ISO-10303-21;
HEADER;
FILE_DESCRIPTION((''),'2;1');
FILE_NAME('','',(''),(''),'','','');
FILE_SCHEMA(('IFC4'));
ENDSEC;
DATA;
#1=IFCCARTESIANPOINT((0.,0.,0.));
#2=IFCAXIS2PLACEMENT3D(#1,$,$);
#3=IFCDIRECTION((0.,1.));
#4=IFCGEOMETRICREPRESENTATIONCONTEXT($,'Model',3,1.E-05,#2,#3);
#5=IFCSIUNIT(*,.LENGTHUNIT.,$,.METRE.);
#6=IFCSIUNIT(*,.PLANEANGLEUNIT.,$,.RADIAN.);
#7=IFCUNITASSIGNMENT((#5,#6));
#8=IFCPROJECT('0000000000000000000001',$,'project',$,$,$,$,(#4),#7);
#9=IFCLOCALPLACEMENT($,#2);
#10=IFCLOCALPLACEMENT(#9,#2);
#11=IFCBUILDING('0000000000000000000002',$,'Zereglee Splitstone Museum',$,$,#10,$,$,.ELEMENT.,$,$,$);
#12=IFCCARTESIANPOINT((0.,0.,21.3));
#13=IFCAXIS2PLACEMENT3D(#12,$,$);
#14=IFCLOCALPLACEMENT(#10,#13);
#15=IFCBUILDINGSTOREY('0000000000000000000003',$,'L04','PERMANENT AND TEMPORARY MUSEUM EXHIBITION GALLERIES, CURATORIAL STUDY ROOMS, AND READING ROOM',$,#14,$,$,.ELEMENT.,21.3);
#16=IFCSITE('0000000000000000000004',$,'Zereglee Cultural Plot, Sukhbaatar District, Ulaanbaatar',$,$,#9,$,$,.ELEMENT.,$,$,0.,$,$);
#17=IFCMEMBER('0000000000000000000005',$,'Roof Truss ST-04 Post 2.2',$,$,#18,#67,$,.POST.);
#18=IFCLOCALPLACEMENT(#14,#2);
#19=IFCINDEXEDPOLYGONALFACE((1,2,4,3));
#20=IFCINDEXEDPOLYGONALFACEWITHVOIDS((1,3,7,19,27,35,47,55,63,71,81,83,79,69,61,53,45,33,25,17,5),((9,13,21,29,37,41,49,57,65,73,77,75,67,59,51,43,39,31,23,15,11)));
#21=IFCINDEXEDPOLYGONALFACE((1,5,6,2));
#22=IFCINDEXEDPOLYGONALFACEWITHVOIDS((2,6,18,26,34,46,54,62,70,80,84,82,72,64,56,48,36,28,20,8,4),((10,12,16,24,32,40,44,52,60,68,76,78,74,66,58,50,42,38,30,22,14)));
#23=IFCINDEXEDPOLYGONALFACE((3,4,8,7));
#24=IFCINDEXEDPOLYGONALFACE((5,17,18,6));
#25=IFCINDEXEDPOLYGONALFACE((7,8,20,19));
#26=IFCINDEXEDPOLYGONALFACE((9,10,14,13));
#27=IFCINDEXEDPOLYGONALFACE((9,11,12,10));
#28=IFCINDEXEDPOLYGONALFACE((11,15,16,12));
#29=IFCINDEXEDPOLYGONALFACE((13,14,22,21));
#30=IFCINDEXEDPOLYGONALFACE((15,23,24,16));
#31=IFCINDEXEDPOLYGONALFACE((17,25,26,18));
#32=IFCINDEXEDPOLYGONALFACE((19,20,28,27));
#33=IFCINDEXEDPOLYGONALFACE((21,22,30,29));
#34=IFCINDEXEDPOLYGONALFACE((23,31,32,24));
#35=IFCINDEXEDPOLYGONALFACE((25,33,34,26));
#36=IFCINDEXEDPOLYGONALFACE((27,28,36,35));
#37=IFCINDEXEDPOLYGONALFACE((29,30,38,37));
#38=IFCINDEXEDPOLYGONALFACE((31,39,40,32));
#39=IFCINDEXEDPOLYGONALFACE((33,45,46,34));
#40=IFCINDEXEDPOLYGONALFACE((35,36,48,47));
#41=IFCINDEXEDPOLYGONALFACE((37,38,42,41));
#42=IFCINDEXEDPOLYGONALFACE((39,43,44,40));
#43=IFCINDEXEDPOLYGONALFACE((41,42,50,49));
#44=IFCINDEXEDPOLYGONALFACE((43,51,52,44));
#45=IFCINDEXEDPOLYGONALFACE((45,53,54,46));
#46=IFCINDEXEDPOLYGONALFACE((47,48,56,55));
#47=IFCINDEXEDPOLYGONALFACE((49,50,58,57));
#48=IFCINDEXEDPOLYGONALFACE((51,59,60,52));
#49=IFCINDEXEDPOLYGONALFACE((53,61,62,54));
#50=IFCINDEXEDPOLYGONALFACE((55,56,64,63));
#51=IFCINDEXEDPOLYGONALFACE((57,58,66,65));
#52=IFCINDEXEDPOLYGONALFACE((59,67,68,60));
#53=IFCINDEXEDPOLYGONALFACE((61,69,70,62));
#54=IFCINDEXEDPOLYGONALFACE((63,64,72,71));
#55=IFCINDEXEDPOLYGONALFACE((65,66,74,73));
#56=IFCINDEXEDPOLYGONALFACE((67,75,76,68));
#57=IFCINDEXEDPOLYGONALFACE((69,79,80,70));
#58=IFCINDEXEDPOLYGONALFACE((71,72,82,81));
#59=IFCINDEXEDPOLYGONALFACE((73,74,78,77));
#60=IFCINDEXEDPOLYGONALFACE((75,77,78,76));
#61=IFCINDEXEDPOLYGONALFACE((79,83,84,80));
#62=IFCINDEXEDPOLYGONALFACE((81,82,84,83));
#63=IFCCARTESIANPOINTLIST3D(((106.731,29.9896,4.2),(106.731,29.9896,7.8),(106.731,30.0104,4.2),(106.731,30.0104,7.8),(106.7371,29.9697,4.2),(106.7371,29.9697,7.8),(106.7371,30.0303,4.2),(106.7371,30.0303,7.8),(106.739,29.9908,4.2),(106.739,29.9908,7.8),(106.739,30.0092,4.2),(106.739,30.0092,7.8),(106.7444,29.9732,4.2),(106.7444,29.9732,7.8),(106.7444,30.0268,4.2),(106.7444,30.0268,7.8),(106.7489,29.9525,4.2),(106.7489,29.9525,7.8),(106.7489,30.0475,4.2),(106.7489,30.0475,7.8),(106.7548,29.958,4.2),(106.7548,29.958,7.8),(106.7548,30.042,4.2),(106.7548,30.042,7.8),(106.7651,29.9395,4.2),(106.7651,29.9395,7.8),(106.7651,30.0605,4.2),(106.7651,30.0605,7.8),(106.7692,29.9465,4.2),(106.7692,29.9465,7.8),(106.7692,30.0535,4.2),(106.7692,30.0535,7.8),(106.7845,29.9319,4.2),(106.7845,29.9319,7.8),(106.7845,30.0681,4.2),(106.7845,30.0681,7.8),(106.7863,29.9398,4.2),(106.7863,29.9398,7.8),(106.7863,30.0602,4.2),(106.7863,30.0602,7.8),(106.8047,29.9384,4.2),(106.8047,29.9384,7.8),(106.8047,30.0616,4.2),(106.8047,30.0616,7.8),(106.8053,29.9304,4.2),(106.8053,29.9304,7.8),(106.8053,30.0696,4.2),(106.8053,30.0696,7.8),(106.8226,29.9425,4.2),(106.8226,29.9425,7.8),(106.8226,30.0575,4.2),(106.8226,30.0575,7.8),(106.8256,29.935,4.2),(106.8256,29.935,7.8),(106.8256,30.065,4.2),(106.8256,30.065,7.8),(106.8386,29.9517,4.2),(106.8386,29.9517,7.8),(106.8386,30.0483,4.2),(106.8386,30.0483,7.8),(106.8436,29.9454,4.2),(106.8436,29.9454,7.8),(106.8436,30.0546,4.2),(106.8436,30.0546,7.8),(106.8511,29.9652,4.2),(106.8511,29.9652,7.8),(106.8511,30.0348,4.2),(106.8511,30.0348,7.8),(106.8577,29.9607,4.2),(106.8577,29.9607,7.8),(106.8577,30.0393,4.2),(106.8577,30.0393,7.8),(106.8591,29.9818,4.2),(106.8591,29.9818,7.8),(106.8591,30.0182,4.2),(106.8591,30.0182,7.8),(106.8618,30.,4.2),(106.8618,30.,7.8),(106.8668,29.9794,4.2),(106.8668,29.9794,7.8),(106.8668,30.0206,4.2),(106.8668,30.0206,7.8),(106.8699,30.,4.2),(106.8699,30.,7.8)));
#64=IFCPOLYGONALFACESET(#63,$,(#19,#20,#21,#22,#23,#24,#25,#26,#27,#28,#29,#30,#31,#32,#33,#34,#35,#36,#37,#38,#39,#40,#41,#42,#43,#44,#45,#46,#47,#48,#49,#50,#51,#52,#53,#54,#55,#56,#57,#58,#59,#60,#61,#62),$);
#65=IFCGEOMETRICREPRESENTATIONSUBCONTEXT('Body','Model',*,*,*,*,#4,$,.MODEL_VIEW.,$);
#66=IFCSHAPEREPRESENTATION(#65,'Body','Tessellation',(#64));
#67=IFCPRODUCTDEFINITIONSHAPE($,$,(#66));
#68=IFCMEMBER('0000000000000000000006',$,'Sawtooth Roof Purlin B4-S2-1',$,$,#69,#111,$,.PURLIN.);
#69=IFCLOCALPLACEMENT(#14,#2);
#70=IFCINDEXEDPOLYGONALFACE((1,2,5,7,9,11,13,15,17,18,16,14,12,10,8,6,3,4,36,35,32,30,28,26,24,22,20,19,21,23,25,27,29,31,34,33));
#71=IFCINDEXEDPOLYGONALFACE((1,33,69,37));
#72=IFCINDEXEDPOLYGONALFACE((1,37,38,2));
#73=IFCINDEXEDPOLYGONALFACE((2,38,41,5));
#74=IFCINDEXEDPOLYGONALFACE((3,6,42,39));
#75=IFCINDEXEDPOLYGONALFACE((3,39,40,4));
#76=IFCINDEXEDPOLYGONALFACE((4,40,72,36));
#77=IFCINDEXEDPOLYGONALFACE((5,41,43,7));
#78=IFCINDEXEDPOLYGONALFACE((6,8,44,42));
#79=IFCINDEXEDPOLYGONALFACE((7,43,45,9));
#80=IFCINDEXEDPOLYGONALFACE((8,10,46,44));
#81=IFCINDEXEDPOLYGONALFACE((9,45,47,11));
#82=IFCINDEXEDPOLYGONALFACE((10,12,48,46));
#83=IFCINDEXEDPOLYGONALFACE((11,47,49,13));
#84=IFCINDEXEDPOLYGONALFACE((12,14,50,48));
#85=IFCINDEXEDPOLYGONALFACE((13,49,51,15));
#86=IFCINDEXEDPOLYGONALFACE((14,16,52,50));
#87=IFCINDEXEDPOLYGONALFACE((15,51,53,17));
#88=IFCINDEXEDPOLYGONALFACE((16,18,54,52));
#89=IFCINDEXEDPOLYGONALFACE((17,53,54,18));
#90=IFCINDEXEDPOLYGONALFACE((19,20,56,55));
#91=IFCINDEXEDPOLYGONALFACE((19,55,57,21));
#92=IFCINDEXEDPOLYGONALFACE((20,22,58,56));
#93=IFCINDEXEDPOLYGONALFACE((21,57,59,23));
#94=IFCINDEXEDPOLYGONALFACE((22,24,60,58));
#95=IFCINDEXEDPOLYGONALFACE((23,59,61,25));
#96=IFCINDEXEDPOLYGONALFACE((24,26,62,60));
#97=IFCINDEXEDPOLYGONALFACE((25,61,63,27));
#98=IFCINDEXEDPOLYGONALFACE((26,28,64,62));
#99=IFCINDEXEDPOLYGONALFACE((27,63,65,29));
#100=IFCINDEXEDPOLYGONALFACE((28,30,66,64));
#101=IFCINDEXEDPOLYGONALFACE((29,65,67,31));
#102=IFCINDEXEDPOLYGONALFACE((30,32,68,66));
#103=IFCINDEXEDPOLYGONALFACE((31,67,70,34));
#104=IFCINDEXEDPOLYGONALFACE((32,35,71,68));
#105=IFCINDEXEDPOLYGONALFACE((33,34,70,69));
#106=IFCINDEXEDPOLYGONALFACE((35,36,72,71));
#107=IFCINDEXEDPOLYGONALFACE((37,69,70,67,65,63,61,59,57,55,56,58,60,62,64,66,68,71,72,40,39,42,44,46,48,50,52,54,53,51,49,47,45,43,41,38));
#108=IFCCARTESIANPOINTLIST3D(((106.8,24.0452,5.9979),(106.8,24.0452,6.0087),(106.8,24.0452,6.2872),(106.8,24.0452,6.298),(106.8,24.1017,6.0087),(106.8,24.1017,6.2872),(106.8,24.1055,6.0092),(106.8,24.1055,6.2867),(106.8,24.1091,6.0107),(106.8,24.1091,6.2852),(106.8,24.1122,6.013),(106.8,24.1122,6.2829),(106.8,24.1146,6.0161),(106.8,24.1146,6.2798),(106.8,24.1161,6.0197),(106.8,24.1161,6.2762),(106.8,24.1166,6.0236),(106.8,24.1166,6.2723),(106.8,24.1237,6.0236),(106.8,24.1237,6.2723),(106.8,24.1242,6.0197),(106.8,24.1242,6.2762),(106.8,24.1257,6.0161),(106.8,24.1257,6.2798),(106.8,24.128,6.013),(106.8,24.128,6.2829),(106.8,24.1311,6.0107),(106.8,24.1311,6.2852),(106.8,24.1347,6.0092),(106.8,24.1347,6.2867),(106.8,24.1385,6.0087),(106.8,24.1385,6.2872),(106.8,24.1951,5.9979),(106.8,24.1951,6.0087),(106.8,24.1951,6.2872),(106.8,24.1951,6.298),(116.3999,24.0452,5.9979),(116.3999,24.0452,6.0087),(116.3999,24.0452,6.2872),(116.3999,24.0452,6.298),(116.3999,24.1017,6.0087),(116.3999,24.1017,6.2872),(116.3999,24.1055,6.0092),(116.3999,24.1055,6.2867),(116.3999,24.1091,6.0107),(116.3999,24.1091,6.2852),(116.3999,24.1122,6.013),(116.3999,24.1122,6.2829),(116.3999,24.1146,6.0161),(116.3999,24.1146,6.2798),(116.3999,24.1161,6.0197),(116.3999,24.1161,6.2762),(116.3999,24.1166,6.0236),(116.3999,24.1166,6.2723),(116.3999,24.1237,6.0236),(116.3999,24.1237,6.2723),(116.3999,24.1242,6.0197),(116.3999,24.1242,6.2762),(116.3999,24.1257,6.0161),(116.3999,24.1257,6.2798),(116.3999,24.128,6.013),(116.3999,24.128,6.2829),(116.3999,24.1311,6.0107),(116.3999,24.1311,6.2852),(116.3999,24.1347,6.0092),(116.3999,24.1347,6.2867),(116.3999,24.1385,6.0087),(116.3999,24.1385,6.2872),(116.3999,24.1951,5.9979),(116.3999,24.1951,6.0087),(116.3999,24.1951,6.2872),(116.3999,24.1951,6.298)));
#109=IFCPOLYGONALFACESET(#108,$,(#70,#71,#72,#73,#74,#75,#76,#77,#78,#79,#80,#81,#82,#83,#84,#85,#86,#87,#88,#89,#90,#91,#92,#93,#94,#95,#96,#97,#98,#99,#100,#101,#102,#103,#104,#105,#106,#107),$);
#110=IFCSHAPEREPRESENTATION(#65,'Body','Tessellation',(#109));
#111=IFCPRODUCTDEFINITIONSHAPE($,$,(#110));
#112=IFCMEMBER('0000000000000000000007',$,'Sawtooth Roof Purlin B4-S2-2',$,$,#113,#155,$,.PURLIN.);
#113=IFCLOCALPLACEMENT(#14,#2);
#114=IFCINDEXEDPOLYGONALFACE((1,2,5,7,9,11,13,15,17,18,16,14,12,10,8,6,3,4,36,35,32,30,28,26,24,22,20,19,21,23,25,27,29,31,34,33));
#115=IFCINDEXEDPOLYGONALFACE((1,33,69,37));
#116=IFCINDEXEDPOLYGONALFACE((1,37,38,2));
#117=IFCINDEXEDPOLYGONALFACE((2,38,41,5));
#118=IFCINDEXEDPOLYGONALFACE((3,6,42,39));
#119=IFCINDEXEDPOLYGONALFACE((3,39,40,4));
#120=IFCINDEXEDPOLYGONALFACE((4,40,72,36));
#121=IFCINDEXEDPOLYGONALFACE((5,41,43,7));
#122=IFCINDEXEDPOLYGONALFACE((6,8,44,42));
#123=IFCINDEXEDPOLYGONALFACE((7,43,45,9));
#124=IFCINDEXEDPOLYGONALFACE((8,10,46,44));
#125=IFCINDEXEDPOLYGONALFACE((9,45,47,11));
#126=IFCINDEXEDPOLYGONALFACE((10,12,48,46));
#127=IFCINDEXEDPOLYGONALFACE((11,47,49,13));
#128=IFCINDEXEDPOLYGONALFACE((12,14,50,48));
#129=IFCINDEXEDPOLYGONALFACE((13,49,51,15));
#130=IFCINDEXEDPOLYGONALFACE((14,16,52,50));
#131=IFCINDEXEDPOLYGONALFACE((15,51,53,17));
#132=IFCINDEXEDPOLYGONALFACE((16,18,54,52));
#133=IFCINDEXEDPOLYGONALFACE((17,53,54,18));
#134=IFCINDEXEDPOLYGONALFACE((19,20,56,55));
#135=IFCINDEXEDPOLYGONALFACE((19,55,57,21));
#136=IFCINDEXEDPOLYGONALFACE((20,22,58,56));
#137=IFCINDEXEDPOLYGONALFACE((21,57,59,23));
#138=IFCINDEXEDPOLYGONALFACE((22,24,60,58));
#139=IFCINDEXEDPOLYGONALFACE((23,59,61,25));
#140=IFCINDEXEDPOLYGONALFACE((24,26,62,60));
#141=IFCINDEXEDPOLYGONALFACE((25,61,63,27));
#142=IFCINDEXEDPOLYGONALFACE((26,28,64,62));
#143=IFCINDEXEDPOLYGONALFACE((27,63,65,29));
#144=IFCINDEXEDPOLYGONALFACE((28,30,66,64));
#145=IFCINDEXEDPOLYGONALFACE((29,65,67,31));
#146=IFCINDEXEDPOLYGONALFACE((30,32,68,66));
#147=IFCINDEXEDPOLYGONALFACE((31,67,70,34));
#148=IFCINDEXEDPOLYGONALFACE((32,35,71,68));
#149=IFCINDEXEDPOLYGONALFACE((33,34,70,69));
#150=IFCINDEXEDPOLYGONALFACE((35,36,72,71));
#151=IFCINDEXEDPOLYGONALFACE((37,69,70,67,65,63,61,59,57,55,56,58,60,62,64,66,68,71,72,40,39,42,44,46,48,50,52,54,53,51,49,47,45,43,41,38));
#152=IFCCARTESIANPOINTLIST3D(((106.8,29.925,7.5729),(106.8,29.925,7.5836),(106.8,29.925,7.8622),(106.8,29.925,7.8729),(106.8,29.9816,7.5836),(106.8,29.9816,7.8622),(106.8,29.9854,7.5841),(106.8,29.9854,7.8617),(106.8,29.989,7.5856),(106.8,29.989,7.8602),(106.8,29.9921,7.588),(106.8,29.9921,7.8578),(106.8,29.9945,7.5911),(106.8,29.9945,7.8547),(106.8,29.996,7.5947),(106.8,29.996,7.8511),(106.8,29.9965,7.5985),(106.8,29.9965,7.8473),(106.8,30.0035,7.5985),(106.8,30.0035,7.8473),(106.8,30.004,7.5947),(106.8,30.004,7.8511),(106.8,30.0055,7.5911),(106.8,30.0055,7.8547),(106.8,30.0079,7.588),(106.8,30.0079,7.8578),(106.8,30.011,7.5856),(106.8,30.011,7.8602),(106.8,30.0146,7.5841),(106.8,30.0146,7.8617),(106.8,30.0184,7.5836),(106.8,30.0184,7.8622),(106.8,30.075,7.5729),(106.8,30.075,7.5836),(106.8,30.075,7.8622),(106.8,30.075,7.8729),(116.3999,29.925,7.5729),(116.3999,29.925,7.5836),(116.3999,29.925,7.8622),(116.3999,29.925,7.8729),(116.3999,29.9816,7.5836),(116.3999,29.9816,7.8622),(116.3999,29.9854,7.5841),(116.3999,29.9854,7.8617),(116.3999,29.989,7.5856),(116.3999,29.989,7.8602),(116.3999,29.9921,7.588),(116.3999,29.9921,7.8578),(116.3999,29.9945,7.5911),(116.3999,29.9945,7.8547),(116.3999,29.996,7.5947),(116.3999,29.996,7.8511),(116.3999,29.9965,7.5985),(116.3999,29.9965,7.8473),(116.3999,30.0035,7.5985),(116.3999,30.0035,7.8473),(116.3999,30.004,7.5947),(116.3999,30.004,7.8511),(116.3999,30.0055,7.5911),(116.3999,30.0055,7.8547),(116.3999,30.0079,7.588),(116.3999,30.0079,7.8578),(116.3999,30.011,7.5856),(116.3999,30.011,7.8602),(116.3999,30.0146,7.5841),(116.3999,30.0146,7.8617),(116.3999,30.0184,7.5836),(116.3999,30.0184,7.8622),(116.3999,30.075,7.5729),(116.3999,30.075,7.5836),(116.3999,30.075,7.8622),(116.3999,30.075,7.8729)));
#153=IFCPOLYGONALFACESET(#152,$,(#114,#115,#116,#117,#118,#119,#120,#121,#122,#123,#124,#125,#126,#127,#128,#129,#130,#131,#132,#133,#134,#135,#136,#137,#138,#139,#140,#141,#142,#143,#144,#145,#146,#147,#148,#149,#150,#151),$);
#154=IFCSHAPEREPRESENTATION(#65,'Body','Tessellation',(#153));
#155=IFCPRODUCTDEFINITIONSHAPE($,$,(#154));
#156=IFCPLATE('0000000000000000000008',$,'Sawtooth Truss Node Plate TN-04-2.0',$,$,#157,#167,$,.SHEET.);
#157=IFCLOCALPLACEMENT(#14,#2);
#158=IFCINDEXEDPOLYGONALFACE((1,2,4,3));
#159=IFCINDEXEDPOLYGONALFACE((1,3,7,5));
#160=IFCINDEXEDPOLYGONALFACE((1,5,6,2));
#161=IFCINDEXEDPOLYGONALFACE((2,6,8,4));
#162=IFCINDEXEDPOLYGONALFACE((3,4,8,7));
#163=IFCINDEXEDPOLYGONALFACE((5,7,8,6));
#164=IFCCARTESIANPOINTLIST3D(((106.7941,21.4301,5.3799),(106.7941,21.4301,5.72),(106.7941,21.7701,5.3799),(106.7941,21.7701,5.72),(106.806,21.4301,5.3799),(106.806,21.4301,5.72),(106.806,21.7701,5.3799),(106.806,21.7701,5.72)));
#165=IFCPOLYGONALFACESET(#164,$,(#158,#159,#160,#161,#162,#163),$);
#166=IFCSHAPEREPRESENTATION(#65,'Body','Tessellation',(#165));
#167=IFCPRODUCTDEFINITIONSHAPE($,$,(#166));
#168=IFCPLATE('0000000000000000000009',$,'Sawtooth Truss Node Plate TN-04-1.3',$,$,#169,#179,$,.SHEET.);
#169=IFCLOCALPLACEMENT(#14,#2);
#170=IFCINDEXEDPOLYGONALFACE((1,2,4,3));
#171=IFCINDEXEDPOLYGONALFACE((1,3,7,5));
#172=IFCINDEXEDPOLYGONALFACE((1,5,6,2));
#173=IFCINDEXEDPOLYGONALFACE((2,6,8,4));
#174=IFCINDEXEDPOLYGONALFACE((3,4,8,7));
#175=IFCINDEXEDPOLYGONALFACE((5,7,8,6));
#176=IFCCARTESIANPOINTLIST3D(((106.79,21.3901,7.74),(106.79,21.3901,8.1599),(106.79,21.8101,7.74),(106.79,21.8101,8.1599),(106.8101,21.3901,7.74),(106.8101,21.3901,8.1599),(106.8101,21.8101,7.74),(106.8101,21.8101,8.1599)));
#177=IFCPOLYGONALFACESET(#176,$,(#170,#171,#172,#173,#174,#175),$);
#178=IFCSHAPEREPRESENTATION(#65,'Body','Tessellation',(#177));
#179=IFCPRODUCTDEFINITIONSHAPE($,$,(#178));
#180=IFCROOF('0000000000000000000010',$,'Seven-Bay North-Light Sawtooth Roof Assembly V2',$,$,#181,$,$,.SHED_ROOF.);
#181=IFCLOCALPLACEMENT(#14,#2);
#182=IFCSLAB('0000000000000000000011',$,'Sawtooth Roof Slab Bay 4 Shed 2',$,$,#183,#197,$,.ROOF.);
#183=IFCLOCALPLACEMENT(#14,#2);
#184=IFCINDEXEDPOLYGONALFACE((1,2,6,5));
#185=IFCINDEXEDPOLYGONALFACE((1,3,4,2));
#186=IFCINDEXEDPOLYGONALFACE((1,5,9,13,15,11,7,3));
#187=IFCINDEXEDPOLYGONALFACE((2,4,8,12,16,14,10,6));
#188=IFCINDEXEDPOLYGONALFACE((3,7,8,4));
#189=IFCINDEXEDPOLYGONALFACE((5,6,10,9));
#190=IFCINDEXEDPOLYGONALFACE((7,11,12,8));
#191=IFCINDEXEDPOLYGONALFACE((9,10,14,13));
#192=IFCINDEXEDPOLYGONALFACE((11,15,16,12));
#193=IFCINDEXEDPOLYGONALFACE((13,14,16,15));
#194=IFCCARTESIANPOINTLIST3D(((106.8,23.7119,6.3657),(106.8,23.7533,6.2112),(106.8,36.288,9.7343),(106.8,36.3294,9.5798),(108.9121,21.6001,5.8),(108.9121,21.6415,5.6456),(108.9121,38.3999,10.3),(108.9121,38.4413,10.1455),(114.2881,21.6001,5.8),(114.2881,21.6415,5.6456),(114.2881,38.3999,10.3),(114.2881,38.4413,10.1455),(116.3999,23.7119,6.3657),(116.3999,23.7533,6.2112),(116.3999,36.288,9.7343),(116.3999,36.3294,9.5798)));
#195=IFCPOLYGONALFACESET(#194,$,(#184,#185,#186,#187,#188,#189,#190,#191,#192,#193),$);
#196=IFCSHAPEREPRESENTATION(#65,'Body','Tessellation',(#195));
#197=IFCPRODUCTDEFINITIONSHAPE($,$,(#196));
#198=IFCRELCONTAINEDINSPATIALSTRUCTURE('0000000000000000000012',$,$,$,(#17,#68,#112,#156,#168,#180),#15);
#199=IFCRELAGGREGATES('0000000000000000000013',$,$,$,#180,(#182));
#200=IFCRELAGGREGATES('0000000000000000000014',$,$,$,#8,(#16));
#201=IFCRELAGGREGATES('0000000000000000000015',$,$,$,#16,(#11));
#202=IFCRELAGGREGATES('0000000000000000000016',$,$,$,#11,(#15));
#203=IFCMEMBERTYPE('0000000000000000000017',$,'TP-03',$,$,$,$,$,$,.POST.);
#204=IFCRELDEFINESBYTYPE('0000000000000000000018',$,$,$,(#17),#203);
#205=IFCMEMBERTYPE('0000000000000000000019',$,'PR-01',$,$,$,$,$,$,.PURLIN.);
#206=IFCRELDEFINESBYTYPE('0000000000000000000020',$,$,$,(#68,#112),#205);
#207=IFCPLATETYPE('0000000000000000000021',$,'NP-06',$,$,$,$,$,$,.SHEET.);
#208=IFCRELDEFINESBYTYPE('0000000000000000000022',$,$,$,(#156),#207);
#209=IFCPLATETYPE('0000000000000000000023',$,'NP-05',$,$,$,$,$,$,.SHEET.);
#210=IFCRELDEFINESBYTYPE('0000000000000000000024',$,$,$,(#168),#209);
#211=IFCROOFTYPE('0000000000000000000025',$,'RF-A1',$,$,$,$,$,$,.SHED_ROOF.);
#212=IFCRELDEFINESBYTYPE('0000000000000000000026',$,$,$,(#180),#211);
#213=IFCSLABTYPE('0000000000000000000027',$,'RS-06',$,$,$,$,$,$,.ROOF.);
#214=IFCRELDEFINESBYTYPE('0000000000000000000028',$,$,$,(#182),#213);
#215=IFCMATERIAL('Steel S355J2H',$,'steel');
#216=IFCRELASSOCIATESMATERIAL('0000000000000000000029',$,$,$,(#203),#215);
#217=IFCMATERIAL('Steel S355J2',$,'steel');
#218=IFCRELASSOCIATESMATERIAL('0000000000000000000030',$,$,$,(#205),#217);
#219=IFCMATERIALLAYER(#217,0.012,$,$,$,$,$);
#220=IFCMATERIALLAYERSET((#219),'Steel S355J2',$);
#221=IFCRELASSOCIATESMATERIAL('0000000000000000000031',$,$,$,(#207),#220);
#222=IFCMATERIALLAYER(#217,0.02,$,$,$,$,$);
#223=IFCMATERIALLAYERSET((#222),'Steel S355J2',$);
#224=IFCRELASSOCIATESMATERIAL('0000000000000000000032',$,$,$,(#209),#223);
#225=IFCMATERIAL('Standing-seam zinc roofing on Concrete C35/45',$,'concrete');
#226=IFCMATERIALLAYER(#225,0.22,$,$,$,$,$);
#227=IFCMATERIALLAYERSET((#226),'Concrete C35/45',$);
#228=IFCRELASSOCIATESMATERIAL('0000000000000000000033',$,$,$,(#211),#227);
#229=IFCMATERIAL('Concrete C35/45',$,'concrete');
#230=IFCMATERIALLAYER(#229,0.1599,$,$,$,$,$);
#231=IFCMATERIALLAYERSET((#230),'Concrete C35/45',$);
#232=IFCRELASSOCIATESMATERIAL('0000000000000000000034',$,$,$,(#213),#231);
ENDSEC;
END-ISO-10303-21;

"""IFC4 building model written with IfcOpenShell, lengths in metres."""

from ifc_helpers import new_model, si_unit, direction, frame, origin, origin_2d, place, context, subcontext, project, spatial, polyline, rectangle, hollow_circle, i_section, outline, extrude, material, layer, layer_set, material_profile, profile_set, type_object, element, aggregate, save


model = new_model("IFC4")

# Units and contexts
model_context = context("Model", 3, precision=1e-05, world=origin(), true_north=direction((0.0, 1.0)))
body_context = subcontext(model_context, "Body", "Model", "MODEL_VIEW")
ifc_project = project(units=[si_unit("LENGTHUNIT", "METRE"), si_unit("PLANEANGLEUNIT", "RADIAN")], contexts=[model_context])

# Site, building, storey
site_placement = place(None, origin())
site = spatial("IfcSite", under=ifc_project, at=site_placement, Name="Zereglee Cultural Plot, Sukhbaatar District, Ulaanbaatar", CompositionType="ELEMENT", RefElevation=0.0)
building_placement = place(site_placement, origin())
building = spatial("IfcBuilding", under=site, at=building_placement, Name="Zereglee Splitstone Museum", CompositionType="ELEMENT")
storey_placement = place(building_placement, frame((0.0, 0.0, 21.3)))
storey = spatial("IfcBuildingStorey", under=building, at=storey_placement, Name="L04", Description="PERMANENT AND TEMPORARY MUSEUM EXHIBITION GALLERIES, CURATORIAL STUDY ROOMS, AND READING ROOM", CompositionType="ELEMENT", Elevation=21.3)

# Shared definitions
ifc_material_1 = material(Name="Steel S355J2", Category="steel")

# Shared definitions
ifc_material_2 = material(Name="Steel S355J2H", Category="steel")

# Members
ifc_material_profile_1 = material_profile(ifc_material_2, hollow_circle(Radius=0.0698, WallThickness=0.0081, at=origin_2d()), Name="CHS 139.7x8")
ifc_profile_set_1 = profile_set([ifc_material_profile_1], Name="Steel S355J2H")
member_type_1 = type_object("IfcMemberType", Name="TP-03", PredefinedType="POST", material=ifc_profile_set_1)
member_1_placement = place(storey_placement, frame((106.8, 30.0, 4.2), z_axis=(0.0, 0.0, 1.0), x_axis=(1.0, 0.0, 0.0)))
element("IfcMember", 1, at=member_1_placement, inside=storey, type_object=member_type_1, Name="Roof Truss ST-04 Post 2.2", PredefinedType="POST", context=body_context, shape_type="SweptSolid", body=[
    extrude(hollow_circle(Radius=0.0698, WallThickness=0.0081, at=origin_2d()), origin(), (0.0, 0.0, 1.0), 3.6001),
])
ifc_material_profile_2 = material_profile(ifc_material_1, i_section(OverallWidth=0.1499, OverallDepth=0.3, WebThickness=0.0071, FlangeThickness=0.0107, FilletRadius=0.0149, at=origin_2d()), Name="IPE 300")
ifc_profile_set_2 = profile_set([ifc_material_profile_2], Name="Steel S355J2")
member_type_2 = type_object("IfcMemberType", Name="PR-01", PredefinedType="PURLIN", material=ifc_profile_set_2)
for number, where, z_axis, x_axis, name in (
    (2, (106.8, 24.1201, 6.1479), (1.0, 0.0, 0.0), (0.0, 1.0, 0.0), "Sawtooth Roof Purlin B4-S2-1"),
    (3, (106.8, 30.0, 7.7229), (1.0, 0.0, 0.0), (0.0, 1.0, 0.0), "Sawtooth Roof Purlin B4-S2-2"),
):
    element("IfcMember", number, at=place(storey_placement, frame(where, z_axis=z_axis, x_axis=x_axis)), inside=storey, type_object=member_type_2, Name=name, PredefinedType="PURLIN", context=body_context, shape_type="SweptSolid", body=[
        extrude(i_section(OverallWidth=0.1499, OverallDepth=0.3, WebThickness=0.0071, FlangeThickness=0.0107, FilletRadius=0.0149, at=origin_2d()), origin(), (0.0, 0.0, 1.0), 9.5999),
    ])

# Plates
ifc_layer_1 = layer(ifc_material_1, 0.012)
ifc_layer_set_1 = layer_set([ifc_layer_1], Name="Steel S355J2")
plate_type_1 = type_object("IfcPlateType", Name="NP-06", PredefinedType="SHEET", material=ifc_layer_set_1)
plate_1_placement = place(storey_placement, frame((106.8, 21.6001, 5.3799), z_axis=(0.0, 0.0, 1.0), x_axis=(1.0, 0.0, 0.0)))
element("IfcPlate", 4, at=plate_1_placement, inside=storey, type_object=plate_type_1, Name="Sawtooth Truss Node Plate TN-04-2.0", PredefinedType="SHEET", context=body_context, shape_type="SweptSolid", body=[
    extrude(rectangle(XDim=0.012, YDim=0.3401, at=origin_2d()), origin(), (0.0, 0.0, 1.0), 0.3401),
])
ifc_layer_2 = layer(ifc_material_1, 0.02)
ifc_layer_set_2 = layer_set([ifc_layer_2], Name="Steel S355J2")
plate_type_2 = type_object("IfcPlateType", Name="NP-05", PredefinedType="SHEET", material=ifc_layer_set_2)
plate_2_placement = place(storey_placement, frame((106.8, 21.6001, 7.74), z_axis=(0.0, 0.0, 1.0), x_axis=(1.0, 0.0, 0.0)))
element("IfcPlate", 5, at=plate_2_placement, inside=storey, type_object=plate_type_2, Name="Sawtooth Truss Node Plate TN-04-1.3", PredefinedType="SHEET", context=body_context, shape_type="SweptSolid", body=[
    extrude(rectangle(XDim=0.02, YDim=0.4199, at=origin_2d()), origin(), (0.0, 0.0, 1.0), 0.4199),
])

# Roof, slab
ifc_material_3 = material(Name="Standing-seam zinc roofing on Concrete C35/45", Category="concrete")
ifc_layer_3 = layer(ifc_material_3, 0.22)
ifc_layer_set_3 = layer_set([ifc_layer_3], Name="Concrete C35/45")
roof_type = type_object("IfcRoofType", Name="RF-A1", PredefinedType="SHED_ROOF", material=ifc_layer_set_3)
roof_placement = place(storey_placement, origin())
roof = element("IfcRoof", 6, at=roof_placement, inside=storey, type_object=roof_type, Name="Seven-Bay North-Light Sawtooth Roof Assembly V2", PredefinedType="SHED_ROOF")
ifc_material_4 = material(Name="Concrete C35/45", Category="concrete")
ifc_layer_4 = layer(ifc_material_4, 0.1599)
ifc_layer_set_4 = layer_set([ifc_layer_4], Name="Concrete C35/45")
slab_type = type_object("IfcSlabType", Name="RS-06", PredefinedType="ROOF", material=ifc_layer_set_4)
slab_placement = place(storey_placement, frame((108.9121, 21.6001, 5.8), z_axis=(0.0, -0.258736, 0.965948), x_axis=(1.0, 0.0, 0.0)))
slab = element("IfcSlab", 7, at=slab_placement, type_object=slab_type, Name="Sawtooth Roof Slab Bay 4 Shed 2", PredefinedType="ROOF", context=body_context, shape_type="SweptSolid", body=[
    extrude(outline(polyline([(0.0, 0.0), (5.376, 0.0), (7.4878, 2.1863), (7.4878, 15.2057), (5.376, 17.3921), (0.0, 17.3921), (-2.1121, 15.2057), (-2.1121, 2.1863), (0.0, 0.0)])), origin(), (0.0, 0.0, -1.0), 0.1599),
])
aggregate(roof, [slab])

save(model, "model.ifc")
